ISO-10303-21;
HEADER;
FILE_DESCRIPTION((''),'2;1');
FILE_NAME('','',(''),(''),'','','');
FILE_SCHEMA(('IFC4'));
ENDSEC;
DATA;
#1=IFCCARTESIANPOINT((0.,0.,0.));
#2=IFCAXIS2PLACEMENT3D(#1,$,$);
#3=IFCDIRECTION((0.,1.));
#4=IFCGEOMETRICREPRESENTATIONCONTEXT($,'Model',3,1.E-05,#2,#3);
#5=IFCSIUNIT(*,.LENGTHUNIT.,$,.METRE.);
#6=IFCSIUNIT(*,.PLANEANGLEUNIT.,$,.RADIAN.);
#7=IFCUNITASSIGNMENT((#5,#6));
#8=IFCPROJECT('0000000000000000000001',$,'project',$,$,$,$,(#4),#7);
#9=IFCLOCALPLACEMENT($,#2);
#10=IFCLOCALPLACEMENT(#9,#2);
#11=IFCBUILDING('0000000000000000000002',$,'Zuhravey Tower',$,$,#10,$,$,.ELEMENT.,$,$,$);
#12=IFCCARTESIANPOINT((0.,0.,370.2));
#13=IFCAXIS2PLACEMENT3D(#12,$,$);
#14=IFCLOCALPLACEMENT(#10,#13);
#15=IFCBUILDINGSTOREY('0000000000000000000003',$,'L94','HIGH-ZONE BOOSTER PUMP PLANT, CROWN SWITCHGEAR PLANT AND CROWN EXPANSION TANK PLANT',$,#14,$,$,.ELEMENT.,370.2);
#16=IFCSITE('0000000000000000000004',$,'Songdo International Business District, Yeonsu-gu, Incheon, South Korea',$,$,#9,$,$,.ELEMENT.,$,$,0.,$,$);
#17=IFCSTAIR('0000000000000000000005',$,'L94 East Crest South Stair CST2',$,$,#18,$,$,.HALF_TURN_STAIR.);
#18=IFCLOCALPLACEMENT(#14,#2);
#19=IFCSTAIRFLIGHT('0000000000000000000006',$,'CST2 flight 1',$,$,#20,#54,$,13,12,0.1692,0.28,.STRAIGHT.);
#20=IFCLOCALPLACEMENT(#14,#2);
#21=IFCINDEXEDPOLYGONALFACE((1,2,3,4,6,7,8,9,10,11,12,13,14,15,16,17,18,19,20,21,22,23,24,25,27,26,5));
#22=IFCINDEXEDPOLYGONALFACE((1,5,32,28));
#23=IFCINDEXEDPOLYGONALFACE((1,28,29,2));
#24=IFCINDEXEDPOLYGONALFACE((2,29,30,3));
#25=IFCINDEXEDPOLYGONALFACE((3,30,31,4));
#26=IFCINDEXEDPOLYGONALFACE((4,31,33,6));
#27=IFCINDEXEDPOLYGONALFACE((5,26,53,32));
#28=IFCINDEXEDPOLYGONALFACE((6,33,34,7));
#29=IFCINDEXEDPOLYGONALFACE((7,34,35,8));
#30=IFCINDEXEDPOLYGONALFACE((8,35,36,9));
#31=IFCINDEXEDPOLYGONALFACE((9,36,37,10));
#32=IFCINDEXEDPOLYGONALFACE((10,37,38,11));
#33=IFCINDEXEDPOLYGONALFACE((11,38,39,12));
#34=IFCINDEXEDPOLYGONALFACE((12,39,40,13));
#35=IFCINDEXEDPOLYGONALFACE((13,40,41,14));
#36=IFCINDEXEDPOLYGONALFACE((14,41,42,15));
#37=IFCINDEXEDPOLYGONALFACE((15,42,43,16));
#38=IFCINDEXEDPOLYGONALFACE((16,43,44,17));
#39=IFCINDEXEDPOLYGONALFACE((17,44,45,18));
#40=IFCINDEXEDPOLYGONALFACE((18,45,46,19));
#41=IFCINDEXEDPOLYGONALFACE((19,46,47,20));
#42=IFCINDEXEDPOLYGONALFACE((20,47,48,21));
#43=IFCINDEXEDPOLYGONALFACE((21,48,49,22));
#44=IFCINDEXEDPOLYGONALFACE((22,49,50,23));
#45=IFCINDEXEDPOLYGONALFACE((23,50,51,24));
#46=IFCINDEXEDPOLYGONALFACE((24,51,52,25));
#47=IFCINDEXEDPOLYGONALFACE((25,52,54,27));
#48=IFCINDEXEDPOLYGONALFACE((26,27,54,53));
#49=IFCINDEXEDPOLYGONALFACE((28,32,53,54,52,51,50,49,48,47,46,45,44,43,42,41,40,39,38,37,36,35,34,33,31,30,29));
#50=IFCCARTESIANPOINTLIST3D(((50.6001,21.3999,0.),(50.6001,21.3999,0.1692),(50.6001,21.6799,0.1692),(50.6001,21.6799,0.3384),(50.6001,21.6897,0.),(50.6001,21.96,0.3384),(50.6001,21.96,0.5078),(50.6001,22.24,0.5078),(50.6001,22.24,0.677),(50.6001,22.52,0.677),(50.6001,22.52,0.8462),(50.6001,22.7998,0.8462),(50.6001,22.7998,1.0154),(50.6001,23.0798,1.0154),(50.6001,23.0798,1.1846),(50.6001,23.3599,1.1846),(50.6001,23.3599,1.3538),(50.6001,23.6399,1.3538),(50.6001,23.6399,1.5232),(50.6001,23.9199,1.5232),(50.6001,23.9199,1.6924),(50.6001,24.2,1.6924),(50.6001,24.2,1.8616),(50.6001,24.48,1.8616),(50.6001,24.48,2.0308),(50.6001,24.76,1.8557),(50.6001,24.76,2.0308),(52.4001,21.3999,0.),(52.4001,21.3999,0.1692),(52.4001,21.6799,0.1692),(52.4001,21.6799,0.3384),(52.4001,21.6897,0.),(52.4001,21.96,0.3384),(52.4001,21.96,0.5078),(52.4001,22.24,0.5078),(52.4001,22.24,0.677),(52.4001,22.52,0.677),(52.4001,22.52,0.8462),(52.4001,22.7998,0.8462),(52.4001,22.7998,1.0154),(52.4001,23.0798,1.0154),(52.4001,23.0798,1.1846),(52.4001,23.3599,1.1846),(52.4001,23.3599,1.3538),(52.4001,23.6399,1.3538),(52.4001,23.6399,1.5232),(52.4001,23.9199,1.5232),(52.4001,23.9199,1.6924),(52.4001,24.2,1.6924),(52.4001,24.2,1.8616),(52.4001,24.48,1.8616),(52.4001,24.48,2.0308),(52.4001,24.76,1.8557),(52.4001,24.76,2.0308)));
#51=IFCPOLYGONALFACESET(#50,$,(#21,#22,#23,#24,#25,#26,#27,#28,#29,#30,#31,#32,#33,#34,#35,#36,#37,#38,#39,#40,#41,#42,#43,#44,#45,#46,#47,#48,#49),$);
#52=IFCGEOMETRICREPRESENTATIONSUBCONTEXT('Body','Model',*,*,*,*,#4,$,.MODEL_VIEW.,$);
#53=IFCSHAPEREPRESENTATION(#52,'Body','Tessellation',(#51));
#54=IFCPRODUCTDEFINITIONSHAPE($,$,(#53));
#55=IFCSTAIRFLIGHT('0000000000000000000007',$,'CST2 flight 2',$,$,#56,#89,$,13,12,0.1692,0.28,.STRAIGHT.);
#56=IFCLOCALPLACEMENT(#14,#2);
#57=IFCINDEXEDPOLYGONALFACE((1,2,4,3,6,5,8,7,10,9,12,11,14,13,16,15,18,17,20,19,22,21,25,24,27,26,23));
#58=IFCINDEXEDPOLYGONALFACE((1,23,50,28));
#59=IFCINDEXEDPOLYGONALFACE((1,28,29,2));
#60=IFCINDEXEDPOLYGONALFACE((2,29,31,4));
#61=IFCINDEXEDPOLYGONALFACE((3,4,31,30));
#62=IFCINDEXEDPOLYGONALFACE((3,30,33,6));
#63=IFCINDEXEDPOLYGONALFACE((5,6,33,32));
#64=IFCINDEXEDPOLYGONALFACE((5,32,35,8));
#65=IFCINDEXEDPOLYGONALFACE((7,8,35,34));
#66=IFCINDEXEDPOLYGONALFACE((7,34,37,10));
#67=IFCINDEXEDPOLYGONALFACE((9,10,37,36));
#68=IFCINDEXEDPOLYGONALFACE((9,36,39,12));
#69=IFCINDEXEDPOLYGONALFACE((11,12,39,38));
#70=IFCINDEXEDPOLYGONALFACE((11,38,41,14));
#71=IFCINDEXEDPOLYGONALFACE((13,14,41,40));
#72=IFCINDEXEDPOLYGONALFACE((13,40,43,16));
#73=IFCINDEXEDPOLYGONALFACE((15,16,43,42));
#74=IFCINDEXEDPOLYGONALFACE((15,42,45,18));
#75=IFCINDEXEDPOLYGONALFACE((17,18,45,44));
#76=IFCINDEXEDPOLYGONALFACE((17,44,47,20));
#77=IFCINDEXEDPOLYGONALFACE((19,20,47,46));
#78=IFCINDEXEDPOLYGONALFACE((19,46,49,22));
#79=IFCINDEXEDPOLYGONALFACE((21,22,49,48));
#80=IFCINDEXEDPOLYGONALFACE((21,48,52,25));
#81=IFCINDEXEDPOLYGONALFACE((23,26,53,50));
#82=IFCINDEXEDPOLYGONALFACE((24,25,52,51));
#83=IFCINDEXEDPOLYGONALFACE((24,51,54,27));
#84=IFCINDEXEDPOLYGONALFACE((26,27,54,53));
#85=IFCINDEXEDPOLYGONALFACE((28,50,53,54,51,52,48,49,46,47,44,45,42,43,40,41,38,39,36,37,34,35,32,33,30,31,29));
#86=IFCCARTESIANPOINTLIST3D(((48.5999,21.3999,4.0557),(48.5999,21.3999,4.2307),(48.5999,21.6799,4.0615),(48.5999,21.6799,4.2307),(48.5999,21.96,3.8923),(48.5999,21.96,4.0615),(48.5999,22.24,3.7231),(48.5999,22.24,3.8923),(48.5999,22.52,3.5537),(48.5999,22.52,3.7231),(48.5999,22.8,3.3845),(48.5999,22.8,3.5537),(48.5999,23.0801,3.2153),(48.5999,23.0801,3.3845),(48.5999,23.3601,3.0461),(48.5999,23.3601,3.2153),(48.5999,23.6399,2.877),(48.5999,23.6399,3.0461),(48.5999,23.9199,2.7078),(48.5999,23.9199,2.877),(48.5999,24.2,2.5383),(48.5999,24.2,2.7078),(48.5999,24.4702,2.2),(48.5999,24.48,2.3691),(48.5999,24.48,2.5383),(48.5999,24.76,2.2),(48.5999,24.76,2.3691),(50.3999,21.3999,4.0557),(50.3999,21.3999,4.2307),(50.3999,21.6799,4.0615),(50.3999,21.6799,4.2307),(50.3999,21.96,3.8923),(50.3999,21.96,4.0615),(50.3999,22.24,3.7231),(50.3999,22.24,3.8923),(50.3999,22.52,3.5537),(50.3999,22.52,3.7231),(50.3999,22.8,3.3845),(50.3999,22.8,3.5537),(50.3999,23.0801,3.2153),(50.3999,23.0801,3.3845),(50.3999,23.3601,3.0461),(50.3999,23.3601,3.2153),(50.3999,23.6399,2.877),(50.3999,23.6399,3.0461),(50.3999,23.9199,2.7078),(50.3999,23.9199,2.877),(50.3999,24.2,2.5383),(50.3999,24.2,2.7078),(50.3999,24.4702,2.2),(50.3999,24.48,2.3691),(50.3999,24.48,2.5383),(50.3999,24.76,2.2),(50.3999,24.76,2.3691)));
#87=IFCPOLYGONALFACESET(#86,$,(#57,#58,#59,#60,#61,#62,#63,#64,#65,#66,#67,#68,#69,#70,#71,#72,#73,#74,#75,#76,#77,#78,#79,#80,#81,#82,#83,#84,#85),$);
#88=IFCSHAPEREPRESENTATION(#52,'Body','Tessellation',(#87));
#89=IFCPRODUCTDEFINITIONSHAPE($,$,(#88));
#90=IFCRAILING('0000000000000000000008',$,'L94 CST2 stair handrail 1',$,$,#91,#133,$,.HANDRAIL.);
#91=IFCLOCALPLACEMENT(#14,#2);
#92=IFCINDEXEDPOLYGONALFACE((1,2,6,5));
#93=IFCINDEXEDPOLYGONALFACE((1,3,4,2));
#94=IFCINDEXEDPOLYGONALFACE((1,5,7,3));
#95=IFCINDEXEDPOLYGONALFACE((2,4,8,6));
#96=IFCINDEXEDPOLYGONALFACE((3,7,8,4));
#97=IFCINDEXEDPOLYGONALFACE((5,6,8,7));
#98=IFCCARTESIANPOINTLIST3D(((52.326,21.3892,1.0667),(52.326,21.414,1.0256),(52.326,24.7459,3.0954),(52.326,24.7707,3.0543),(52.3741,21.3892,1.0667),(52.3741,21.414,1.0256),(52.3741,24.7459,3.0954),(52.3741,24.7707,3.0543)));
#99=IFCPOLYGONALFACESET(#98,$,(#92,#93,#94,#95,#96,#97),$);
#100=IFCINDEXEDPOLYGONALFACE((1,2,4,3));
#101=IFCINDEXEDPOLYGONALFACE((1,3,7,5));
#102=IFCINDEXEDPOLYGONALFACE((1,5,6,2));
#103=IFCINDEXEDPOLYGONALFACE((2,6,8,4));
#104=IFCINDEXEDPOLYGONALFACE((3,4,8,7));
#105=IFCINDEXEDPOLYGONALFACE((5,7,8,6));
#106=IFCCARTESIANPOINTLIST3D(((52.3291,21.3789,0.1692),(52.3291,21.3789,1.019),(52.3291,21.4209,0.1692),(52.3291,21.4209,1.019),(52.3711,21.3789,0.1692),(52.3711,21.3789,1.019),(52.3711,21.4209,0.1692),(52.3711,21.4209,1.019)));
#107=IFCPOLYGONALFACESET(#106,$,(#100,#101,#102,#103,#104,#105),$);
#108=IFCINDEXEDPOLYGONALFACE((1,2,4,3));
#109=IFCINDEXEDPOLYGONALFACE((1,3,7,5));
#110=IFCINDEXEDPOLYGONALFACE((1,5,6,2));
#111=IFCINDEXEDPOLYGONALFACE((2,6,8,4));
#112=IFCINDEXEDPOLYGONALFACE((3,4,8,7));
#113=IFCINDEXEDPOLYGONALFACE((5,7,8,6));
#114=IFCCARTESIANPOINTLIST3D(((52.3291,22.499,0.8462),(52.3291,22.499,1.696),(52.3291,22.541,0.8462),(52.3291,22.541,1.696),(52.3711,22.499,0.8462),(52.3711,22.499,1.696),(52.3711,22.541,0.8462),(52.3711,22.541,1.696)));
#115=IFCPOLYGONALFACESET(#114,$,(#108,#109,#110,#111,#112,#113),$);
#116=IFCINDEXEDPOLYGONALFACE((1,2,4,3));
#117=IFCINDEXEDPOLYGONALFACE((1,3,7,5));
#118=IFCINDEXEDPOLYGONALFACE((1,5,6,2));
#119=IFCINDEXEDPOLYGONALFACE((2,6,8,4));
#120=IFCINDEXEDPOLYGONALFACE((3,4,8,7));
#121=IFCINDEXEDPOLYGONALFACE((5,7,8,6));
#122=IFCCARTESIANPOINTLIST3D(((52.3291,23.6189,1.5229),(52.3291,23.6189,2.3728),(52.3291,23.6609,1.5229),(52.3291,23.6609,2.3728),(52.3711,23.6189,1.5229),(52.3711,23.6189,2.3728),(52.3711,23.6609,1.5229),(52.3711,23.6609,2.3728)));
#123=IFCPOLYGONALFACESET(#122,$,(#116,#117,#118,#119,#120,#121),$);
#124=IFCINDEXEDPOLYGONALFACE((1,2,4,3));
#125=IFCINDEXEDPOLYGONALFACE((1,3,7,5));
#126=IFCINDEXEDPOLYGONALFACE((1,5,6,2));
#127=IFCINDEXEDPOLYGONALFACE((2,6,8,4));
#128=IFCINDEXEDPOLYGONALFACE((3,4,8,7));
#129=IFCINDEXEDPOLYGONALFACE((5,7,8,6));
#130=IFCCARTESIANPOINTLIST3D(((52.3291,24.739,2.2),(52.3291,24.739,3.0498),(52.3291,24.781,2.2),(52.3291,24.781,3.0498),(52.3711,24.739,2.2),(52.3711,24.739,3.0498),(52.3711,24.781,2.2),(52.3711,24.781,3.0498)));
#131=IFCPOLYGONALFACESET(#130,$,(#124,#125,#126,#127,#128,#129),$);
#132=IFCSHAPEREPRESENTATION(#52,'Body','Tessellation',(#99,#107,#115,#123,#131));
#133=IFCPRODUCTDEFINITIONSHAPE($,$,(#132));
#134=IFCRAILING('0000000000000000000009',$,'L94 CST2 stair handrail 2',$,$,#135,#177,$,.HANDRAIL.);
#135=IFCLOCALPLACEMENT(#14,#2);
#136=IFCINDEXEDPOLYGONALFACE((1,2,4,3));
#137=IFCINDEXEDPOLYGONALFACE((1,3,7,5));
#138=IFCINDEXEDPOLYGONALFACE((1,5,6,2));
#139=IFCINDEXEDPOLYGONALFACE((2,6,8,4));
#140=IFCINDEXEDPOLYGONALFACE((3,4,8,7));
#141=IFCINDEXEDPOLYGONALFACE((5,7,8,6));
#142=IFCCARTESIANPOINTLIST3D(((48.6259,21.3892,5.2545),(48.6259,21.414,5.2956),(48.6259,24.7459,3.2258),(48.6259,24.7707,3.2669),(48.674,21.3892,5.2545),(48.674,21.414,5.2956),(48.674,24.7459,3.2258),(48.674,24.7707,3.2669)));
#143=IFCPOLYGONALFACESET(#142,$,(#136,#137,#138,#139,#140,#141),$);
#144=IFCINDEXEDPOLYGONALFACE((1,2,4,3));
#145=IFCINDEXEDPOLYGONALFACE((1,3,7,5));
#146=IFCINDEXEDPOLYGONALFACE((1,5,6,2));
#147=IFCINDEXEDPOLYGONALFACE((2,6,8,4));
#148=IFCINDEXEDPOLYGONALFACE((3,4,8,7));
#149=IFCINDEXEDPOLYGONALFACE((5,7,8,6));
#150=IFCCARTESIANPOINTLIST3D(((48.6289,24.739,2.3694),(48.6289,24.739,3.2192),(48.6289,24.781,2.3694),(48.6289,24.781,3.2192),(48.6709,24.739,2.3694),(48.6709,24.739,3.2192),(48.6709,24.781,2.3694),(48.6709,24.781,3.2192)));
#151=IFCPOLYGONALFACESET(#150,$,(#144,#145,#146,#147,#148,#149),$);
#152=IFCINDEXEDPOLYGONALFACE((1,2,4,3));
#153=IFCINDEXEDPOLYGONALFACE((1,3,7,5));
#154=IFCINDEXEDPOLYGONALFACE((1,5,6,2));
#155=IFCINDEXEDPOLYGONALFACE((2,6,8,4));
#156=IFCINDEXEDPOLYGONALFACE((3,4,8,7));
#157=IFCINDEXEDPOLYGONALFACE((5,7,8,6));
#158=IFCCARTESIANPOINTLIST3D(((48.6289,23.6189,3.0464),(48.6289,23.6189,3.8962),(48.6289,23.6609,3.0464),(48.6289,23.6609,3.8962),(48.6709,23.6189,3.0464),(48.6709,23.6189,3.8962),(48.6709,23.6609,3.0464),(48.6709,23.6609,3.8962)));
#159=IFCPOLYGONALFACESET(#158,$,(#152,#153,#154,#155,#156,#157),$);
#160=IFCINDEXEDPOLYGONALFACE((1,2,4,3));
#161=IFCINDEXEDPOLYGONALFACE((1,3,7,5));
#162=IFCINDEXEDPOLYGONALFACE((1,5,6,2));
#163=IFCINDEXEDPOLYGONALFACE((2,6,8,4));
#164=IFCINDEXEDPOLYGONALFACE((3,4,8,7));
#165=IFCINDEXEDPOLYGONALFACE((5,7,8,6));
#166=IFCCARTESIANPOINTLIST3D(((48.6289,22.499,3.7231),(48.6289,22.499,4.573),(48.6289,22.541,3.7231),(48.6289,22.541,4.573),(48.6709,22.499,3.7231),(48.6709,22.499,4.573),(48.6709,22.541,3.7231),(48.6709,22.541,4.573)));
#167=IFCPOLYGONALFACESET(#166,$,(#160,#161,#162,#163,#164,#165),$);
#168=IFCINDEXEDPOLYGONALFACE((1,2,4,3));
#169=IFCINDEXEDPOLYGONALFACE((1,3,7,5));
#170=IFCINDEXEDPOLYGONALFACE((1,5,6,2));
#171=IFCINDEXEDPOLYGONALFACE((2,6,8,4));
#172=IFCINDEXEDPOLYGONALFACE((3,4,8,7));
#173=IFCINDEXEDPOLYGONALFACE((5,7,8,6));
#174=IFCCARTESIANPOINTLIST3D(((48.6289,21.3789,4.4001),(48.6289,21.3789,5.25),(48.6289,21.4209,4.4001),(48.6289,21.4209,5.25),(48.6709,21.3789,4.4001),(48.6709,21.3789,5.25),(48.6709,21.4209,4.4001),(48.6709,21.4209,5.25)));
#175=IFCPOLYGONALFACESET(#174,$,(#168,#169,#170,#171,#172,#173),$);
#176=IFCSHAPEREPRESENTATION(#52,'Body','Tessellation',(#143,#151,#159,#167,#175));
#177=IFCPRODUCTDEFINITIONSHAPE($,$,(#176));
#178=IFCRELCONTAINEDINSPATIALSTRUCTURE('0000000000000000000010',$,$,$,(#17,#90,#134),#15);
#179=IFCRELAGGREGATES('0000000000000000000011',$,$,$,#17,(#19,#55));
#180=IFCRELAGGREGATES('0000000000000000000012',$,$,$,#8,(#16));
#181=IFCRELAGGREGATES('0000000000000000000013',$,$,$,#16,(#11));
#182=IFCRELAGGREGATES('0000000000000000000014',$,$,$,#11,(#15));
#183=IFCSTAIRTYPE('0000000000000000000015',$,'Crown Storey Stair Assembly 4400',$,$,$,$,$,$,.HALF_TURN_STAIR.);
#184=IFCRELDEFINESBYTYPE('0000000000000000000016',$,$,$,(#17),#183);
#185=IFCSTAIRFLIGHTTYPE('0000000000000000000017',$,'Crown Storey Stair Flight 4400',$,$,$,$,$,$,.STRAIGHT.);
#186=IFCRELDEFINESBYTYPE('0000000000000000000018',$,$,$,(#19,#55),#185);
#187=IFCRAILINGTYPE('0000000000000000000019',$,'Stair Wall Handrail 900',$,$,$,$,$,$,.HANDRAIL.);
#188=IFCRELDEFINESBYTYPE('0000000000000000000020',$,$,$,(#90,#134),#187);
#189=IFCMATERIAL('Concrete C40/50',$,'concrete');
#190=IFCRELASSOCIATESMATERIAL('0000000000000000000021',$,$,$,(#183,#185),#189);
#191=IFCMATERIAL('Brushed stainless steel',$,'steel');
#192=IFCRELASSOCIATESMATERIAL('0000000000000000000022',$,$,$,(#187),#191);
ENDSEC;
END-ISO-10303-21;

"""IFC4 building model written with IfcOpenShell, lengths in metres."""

from ifc_helpers import new_model, si_unit, direction, frame, origin, origin_2d, place, context, subcontext, project, spatial, polyline, rectangle, outline, extrude, material, type_object, element, aggregate, save


model = new_model("IFC4")

# Units and contexts
model_context = context("Model", 3, precision=1e-05, world=origin(), true_north=direction((0.0, 1.0)))
body_context = subcontext(model_context, "Body", "Model", "MODEL_VIEW")
ifc_project = project(units=[si_unit("LENGTHUNIT", "METRE"), si_unit("PLANEANGLEUNIT", "RADIAN")], contexts=[model_context])

# Site, building, storey
site_placement = place(None, origin())
site = spatial("IfcSite", under=ifc_project, at=site_placement, Name="Songdo International Business District, Yeonsu-gu, Incheon, South Korea", CompositionType="ELEMENT", RefElevation=0.0)
building_placement = place(site_placement, origin())
building = spatial("IfcBuilding", under=site, at=building_placement, Name="Zuhravey Tower", CompositionType="ELEMENT")
storey_placement = place(building_placement, frame((0.0, 0.0, 370.2)))
storey = spatial("IfcBuildingStorey", under=building, at=storey_placement, Name="L94", Description="HIGH-ZONE BOOSTER PUMP PLANT, CROWN SWITCHGEAR PLANT AND CROWN EXPANSION TANK PLANT", CompositionType="ELEMENT", Elevation=370.2)

# Shared definitions
ifc_material_1 = material(Name="Brushed stainless steel", Category="steel")

# Stair, stair flights
ifc_material_2 = material(Name="Concrete C40/50", Category="concrete")
stair_type = type_object("IfcStairType", Name="Crown Storey Stair Assembly 4400", PredefinedType="HALF_TURN_STAIR", material=ifc_material_2)
stair_placement = place(storey_placement, origin())
stair = element("IfcStair", 1, at=stair_placement, inside=storey, type_object=stair_type, Name="L94 East Crest South Stair CST2", PredefinedType="HALF_TURN_STAIR")
stair_flight_type = type_object("IfcStairFlightType", Name="Crown Storey Stair Flight 4400", PredefinedType="STRAIGHT", material=ifc_material_2)
stair_flight_1_placement = place(storey_placement, frame((51.5, 21.3999, 0.0), z_axis=(0.0, 0.0, 1.0), x_axis=(0.0, 1.0, 0.0)))
stair_flight_1 = element("IfcStairFlight", 2, at=stair_flight_1_placement, type_object=stair_flight_type, Name="CST2 flight 1", NumberOfRisers=13, NumberOfTreads=12, PredefinedType="STRAIGHT", RiserHeight=0.1692, TreadLength=0.28, context=body_context, shape_type="SweptSolid", body=[
    extrude(outline(polyline([(0.0, 0.0), (0.0, 0.1692), (0.28, 0.1692), (0.28, 0.3384), (0.5601, 0.3384), (0.5601, 0.5078), (0.8401, 0.5078), (0.8401, 0.677), (1.1201, 0.677), (1.1201, 0.8462), (1.3999, 0.8462), (1.3999, 1.0154), (1.6799, 1.0154), (1.6799, 1.1846), (1.96, 1.1846), (1.96, 1.3538), (2.24, 1.3538), (2.24, 1.5232), (2.52, 1.5232), (2.52, 1.6924), (2.8, 1.6924), (2.8, 1.8616), (3.0801, 1.8616), (3.0801, 2.0308), (3.3601, 2.0308), (3.3601, 2.2), (3.3601, 1.8557), (0.2898, 0.0), (0.0, 0.0)])), frame((0.0, 0.8999, 0.0), z_axis=(0.0, -1.0, 0.0), x_axis=(1.0, 0.0, 0.0)), (0.0, 0.0, 1.0), 1.8),
])
stair_flight_2_placement = place(storey_placement, frame((49.5, 24.76, 2.2), z_axis=(0.0, 0.0, 1.0), x_axis=(0.0, -1.0, 0.0)))
stair_flight_2 = element("IfcStairFlight", 3, at=stair_flight_2_placement, type_object=stair_flight_type, Name="CST2 flight 2", NumberOfRisers=13, NumberOfTreads=12, PredefinedType="STRAIGHT", RiserHeight=0.1692, TreadLength=0.28, context=body_context, shape_type="SweptSolid", body=[
    extrude(outline(polyline([(0.0, 0.0), (0.0, 0.1692), (0.28, 0.1692), (0.28, 0.3384), (0.5601, 0.3384), (0.5601, 0.5078), (0.8401, 0.5078), (0.8401, 0.677), (1.1201, 0.677), (1.1201, 0.8462), (1.3999, 0.8462), (1.3999, 1.0154), (1.6799, 1.0154), (1.6799, 1.1846), (1.96, 1.1846), (1.96, 1.3538), (2.24, 1.3538), (2.24, 1.5232), (2.52, 1.5232), (2.52, 1.6924), (2.8, 1.6924), (2.8, 1.8616), (3.0801, 1.8616), (3.0801, 2.0308), (3.3601, 2.0308), (3.3601, 2.2), (3.3601, 1.8557), (0.2898, 0.0), (0.0, 0.0)])), frame((0.0, 0.8999, 0.0), z_axis=(0.0, -1.0, 0.0), x_axis=(1.0, 0.0, 0.0)), (0.0, 0.0, 1.0), 1.8),
])
aggregate(stair, [stair_flight_1, stair_flight_2])

# Railings
railing_type_1 = type_object("IfcRailingType", Name="Stair Wall Handrail 900", PredefinedType="HANDRAIL", material=ifc_material_1)
railing_1_placement = place(storey_placement, frame((52.3501, 21.3999, 0.1692)))
element("IfcRailing", 4, at=railing_1_placement, inside=storey, type_object=railing_type_1, Name="L94 CST2 stair handrail 1", PredefinedType="HANDRAIL", context=body_context, shape_type="SweptSolid", body=[
    extrude(rectangle(XDim=0.0481, YDim=0.0481, at=origin_2d()), frame((0.0, 0.0017, 0.877), z_axis=(0.0, 0.855837, 0.517246), x_axis=(-1.0, 0.0, 0.0)), (0.0, 0.0, 1.0), 3.9221),
    extrude(rectangle(XDim=0.042, YDim=0.042, at=origin_2d()), origin(), (0.0, 0.0, 1.0), 0.8499),
    extrude(rectangle(XDim=0.042, YDim=0.042, at=origin_2d()), frame((0.0, 1.1201, 0.677)), (0.0, 0.0, 1.0), 0.8499),
    extrude(rectangle(XDim=0.042, YDim=0.042, at=origin_2d()), frame((0.0, 2.24, 1.3538)), (0.0, 0.0, 1.0), 0.8499),
    extrude(rectangle(XDim=0.042, YDim=0.042, at=origin_2d()), frame((0.0, 3.3601, 2.0308)), (0.0, 0.0, 1.0), 0.8499),
])
railing_2_placement = place(storey_placement, frame((48.6499, 24.76, 2.3694)))
element("IfcRailing", 5, at=railing_2_placement, inside=storey, type_object=railing_type_1, Name="L94 CST2 stair handrail 2", PredefinedType="HANDRAIL", context=body_context, shape_type="SweptSolid", body=[
    extrude(rectangle(XDim=0.0481, YDim=0.0481, at=origin_2d()), frame((0.0, -0.0017, 0.877), z_axis=(0.0, -0.855837, 0.517246), x_axis=(1.0, 0.0, 0.0)), (0.0, 0.0, 1.0), 3.9221),
    extrude(rectangle(XDim=0.042, YDim=0.042, at=origin_2d()), origin(), (0.0, 0.0, 1.0), 0.8499),
    extrude(rectangle(XDim=0.042, YDim=0.042, at=origin_2d()), frame((0.0, -1.1201, 0.677)), (0.0, 0.0, 1.0), 0.8499),
    extrude(rectangle(XDim=0.042, YDim=0.042, at=origin_2d()), frame((0.0, -2.24, 1.3538)), (0.0, 0.0, 1.0), 0.8499),
    extrude(rectangle(XDim=0.042, YDim=0.042, at=origin_2d()), frame((0.0, -3.3601, 2.0308)), (0.0, 0.0, 1.0), 0.8499),
])

save(model, "model.ifc")
